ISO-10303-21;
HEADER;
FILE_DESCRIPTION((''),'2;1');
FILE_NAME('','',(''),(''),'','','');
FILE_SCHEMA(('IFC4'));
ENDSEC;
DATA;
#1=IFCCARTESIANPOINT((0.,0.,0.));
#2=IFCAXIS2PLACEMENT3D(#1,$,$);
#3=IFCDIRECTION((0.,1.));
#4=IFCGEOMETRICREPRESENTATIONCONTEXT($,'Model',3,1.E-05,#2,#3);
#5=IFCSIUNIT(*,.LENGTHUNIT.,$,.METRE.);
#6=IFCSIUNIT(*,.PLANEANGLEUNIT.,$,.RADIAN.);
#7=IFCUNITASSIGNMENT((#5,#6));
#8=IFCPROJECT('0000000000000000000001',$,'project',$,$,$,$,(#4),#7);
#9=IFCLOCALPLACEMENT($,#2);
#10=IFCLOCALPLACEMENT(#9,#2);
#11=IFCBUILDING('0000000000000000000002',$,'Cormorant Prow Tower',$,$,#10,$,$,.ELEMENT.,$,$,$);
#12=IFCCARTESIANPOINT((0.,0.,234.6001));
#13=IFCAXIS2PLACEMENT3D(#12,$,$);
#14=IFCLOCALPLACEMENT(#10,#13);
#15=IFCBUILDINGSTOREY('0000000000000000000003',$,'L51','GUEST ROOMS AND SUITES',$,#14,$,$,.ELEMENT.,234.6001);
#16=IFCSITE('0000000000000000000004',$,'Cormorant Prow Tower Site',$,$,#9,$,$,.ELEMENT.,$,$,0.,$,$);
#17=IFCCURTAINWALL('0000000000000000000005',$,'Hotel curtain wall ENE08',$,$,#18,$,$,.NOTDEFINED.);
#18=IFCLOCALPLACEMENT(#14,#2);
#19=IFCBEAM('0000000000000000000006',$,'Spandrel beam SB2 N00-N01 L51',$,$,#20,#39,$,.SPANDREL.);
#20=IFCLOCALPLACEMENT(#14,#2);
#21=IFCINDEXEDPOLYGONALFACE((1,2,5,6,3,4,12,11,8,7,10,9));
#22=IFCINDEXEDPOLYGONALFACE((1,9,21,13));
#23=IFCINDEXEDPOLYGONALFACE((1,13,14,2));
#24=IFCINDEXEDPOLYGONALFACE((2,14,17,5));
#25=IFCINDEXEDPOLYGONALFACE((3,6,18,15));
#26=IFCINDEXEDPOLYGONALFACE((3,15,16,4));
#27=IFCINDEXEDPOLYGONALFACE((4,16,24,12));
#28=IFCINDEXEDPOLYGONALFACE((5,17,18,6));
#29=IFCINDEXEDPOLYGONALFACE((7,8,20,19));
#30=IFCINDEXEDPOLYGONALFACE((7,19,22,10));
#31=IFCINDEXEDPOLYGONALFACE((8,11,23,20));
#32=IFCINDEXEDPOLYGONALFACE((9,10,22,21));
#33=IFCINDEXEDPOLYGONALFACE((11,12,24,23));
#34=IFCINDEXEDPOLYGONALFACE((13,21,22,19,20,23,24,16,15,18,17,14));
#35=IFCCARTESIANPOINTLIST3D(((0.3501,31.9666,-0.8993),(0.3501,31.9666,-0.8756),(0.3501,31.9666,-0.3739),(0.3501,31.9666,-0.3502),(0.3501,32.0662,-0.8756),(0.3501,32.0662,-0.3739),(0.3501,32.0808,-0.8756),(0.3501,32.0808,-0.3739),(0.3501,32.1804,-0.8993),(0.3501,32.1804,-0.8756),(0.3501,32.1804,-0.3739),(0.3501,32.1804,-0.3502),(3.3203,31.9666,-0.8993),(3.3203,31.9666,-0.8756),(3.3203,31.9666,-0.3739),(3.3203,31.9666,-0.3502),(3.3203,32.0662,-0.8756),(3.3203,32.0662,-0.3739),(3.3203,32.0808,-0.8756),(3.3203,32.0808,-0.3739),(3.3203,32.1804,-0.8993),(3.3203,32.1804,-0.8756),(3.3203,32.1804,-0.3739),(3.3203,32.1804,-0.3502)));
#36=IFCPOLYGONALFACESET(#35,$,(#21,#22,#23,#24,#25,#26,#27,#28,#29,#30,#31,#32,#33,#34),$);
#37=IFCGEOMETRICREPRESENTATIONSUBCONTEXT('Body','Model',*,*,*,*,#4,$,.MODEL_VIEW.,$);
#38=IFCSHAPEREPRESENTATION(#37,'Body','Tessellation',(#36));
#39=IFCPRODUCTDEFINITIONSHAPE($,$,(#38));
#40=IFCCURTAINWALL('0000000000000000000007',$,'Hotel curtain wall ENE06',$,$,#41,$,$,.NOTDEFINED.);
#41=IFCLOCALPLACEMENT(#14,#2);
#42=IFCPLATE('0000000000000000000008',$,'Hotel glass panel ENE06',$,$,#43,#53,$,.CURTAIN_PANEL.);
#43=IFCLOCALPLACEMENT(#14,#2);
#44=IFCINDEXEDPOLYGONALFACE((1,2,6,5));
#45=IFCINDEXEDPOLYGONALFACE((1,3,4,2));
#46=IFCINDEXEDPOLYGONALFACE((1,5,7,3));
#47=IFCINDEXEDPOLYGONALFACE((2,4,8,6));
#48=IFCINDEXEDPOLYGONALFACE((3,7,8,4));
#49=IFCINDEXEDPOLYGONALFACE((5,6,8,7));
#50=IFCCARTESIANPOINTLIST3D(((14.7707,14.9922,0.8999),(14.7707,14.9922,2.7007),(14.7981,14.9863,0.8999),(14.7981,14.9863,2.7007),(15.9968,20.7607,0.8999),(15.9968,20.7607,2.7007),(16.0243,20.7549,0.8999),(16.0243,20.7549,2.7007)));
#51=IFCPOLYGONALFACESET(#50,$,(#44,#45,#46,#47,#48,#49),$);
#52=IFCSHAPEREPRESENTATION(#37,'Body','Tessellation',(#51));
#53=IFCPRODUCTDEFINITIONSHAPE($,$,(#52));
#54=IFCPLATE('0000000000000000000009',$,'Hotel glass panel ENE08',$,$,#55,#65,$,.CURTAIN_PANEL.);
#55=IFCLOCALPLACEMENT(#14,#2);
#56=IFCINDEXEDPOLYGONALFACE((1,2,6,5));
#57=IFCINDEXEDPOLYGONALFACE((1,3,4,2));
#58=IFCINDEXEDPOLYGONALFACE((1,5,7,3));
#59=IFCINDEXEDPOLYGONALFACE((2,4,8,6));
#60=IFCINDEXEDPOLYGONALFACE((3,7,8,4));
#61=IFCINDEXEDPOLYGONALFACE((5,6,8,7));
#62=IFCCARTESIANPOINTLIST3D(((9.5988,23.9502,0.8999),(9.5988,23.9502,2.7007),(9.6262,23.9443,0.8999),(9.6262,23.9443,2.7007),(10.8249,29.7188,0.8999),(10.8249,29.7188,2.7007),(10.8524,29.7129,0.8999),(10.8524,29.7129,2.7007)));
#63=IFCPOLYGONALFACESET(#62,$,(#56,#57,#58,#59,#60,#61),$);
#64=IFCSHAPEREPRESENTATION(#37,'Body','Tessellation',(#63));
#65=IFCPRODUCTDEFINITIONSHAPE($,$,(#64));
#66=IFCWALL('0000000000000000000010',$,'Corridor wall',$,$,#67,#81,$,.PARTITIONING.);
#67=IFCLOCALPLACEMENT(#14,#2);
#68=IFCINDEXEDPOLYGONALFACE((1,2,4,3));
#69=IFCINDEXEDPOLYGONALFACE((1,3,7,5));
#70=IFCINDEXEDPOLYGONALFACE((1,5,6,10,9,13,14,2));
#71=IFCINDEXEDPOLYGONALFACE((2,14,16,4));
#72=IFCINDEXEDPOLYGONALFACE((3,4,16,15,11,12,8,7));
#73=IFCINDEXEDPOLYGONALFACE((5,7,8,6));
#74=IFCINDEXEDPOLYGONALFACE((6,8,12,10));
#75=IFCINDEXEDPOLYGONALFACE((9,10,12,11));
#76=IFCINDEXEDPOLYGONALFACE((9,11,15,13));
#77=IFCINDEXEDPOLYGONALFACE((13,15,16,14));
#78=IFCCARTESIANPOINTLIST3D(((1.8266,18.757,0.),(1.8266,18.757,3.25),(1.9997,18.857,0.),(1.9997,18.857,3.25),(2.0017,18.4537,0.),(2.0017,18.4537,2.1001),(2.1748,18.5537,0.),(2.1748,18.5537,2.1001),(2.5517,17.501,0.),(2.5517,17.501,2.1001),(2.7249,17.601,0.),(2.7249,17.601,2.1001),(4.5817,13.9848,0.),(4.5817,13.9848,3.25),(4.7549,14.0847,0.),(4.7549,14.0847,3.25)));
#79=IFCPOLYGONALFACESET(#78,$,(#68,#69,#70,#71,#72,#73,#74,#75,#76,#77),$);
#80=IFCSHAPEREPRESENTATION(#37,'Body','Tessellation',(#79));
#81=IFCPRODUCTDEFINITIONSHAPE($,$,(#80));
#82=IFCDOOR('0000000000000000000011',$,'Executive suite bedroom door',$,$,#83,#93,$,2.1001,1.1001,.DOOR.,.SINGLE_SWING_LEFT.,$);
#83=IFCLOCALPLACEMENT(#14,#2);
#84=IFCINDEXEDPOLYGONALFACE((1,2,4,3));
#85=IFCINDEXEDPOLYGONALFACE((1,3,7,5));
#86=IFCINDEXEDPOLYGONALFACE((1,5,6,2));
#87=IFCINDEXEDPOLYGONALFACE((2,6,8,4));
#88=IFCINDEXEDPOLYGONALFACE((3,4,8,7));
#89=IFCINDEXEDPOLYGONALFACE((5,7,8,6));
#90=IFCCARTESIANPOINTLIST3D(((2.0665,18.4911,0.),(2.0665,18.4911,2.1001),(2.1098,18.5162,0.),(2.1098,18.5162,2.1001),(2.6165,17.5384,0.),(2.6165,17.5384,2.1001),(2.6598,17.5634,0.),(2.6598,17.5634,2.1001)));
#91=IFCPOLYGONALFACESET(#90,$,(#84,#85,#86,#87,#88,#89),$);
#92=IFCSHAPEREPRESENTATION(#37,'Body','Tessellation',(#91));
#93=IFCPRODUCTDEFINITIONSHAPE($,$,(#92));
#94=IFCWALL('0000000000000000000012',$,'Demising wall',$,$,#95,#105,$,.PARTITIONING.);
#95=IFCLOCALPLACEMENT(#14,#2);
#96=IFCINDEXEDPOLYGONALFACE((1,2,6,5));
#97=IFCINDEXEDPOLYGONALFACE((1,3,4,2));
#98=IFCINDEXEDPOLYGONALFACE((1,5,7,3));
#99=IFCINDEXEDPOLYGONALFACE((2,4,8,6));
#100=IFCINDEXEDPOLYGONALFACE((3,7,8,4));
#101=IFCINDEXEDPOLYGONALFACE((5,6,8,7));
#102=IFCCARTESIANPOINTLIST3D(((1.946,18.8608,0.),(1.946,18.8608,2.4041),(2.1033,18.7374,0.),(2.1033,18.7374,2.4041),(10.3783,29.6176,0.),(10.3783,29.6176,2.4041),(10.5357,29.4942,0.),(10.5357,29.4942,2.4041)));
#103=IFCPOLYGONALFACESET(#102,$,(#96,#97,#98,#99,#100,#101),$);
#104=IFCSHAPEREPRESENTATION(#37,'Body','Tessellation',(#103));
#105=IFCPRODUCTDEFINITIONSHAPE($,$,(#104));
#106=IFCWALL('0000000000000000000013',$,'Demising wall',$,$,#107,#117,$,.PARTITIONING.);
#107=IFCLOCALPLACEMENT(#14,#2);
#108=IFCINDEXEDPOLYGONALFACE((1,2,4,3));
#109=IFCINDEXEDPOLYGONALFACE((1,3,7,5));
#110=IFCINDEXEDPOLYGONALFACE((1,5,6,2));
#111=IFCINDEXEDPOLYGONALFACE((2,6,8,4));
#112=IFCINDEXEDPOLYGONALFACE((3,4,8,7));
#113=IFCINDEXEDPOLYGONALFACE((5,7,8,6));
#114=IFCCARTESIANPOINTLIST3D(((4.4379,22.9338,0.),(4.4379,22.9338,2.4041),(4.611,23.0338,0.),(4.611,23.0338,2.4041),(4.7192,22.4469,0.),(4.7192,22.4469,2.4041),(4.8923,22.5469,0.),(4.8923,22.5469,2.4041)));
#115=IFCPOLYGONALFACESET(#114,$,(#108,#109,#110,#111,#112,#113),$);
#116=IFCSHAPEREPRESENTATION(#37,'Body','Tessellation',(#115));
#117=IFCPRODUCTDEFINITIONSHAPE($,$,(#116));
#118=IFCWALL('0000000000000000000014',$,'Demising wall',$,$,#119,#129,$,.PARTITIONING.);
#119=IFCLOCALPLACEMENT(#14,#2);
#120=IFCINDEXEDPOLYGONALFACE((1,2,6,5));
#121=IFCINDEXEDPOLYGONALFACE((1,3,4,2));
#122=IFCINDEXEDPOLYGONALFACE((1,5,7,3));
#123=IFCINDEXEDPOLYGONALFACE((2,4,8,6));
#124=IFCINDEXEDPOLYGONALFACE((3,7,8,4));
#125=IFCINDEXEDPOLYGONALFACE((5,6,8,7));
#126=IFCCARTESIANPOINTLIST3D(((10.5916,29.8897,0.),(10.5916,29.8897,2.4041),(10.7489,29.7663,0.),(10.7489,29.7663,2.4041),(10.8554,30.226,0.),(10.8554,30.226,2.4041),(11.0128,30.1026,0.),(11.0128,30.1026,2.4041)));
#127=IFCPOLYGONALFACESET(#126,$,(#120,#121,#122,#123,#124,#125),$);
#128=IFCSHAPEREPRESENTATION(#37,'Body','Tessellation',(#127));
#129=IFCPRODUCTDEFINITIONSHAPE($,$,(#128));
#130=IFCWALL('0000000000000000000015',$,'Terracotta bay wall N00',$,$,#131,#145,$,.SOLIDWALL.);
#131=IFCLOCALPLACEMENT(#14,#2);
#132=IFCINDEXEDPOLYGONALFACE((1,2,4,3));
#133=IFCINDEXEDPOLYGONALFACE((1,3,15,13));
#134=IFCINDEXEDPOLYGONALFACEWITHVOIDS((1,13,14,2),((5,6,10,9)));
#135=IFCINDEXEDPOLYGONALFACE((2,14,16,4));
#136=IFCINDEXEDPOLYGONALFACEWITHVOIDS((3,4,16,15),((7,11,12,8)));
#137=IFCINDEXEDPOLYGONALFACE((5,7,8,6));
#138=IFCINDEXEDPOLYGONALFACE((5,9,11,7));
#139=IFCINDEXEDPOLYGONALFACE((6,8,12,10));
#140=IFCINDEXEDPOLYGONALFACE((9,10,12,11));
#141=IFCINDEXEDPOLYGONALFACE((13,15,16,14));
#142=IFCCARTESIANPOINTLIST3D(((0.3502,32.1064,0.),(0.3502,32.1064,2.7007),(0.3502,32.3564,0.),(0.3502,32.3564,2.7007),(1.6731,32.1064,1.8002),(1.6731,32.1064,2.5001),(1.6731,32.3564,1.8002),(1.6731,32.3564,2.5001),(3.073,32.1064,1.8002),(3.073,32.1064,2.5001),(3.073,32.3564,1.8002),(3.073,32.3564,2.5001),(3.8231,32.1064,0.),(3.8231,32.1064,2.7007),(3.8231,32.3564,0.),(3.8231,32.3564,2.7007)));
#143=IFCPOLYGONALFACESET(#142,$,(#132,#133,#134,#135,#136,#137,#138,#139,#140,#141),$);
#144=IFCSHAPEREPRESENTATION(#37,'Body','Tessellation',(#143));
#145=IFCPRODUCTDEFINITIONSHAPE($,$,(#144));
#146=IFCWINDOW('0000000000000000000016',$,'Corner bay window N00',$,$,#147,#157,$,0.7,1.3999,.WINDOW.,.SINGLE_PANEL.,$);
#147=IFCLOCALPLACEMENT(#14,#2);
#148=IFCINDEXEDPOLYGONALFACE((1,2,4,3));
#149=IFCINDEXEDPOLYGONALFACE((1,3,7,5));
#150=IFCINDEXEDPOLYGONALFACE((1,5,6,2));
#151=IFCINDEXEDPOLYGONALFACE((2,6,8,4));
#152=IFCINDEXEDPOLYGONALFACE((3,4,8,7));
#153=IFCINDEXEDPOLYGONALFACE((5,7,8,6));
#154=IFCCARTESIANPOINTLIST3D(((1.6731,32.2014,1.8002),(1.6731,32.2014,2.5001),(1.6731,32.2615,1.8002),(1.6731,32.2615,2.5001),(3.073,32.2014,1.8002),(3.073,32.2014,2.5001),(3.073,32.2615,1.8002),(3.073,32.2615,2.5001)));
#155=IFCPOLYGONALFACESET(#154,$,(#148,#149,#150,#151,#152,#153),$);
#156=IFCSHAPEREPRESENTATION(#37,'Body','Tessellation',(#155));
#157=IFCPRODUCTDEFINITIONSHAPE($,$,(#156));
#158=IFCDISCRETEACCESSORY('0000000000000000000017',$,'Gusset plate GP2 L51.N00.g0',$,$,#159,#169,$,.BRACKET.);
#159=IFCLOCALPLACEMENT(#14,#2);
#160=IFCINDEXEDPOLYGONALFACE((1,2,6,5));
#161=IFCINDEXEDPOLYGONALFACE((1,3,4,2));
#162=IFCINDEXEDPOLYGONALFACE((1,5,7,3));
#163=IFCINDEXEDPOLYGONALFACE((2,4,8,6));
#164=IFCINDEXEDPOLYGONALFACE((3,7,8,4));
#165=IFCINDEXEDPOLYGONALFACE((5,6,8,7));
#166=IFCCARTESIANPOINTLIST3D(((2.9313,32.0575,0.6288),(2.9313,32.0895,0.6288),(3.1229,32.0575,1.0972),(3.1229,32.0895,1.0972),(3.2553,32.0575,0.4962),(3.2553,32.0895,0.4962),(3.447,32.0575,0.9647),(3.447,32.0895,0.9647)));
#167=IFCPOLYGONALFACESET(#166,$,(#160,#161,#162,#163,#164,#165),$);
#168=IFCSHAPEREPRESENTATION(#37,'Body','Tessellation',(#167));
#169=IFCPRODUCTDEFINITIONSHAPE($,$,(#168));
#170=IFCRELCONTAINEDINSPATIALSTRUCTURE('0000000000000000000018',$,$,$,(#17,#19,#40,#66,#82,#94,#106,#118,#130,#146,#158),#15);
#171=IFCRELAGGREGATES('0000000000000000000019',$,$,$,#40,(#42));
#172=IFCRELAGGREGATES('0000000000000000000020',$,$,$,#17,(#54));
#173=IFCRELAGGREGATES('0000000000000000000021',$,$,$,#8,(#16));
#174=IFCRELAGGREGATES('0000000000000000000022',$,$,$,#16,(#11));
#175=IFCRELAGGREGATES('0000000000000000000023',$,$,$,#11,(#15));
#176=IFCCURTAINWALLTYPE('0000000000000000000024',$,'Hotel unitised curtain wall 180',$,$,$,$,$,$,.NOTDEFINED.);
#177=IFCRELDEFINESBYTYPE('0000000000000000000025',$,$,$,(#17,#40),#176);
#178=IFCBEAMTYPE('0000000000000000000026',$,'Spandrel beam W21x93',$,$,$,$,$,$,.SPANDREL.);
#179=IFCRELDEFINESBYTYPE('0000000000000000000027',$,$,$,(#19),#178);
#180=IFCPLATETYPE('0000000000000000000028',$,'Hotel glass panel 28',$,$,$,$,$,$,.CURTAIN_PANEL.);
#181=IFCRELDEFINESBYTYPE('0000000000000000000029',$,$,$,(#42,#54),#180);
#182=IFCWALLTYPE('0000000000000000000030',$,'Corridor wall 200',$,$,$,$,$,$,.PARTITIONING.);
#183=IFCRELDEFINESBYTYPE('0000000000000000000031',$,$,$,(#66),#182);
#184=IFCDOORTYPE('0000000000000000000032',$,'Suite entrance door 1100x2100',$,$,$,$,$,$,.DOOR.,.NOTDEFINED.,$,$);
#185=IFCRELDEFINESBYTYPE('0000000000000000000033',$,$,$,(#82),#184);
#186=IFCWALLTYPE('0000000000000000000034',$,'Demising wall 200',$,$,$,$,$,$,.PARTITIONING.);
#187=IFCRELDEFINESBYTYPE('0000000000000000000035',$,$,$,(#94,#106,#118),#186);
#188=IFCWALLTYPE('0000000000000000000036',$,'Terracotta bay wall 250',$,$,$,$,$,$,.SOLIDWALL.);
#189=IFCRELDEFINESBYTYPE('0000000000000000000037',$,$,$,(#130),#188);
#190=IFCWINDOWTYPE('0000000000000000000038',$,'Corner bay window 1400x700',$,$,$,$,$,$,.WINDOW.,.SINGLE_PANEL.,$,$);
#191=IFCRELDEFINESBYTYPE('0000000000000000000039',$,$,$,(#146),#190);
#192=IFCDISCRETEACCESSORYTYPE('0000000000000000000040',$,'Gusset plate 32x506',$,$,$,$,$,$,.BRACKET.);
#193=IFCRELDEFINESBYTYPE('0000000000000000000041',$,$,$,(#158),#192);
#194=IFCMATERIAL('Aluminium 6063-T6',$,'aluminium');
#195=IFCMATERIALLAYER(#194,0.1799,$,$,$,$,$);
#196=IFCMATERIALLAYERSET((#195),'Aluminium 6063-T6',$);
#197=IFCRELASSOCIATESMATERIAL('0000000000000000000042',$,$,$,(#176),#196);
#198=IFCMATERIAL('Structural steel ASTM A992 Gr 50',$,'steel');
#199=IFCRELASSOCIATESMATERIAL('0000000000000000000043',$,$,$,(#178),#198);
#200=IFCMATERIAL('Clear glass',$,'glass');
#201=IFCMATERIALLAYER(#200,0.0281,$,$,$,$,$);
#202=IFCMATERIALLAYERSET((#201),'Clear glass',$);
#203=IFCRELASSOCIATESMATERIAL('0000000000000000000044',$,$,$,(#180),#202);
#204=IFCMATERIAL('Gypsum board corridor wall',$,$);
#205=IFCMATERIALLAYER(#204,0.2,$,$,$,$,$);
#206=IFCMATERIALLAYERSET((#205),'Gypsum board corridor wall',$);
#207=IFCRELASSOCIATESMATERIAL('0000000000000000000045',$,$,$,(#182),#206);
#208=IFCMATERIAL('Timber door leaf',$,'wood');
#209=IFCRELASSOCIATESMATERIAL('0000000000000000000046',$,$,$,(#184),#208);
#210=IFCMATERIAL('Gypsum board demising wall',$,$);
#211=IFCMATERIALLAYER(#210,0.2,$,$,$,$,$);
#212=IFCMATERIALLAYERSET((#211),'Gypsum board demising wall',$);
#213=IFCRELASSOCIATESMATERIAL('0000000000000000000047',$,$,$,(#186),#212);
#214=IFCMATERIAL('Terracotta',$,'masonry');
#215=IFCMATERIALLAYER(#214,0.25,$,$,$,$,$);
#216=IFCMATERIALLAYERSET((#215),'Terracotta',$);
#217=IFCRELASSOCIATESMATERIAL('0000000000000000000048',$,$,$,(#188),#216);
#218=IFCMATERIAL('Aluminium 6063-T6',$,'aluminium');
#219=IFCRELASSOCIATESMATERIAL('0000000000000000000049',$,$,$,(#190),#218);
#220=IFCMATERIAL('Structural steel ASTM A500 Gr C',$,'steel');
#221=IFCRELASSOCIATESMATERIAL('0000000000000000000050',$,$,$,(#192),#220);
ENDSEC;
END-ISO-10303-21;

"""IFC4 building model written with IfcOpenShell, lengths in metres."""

from ifc_helpers import new_model, si_unit, direction, frame, frame_2d, origin, origin_2d, place, context, subcontext, project, spatial, rectangle, i_section, extrude, material, layer, layer_set, material_profile, profile_set, type_object, element, fill, aggregate, save


model = new_model("IFC4")

# Units and contexts
model_context = context("Model", 3, precision=1e-05, world=origin(), true_north=direction((0.0, 1.0)))
body_context = subcontext(model_context, "Body", "Model", "MODEL_VIEW")
ifc_project = project(units=[si_unit("LENGTHUNIT", "METRE"), si_unit("PLANEANGLEUNIT", "RADIAN")], contexts=[model_context])

# Site, building, storey
site_placement = place(None, origin())
site = spatial("IfcSite", under=ifc_project, at=site_placement, Name="Cormorant Prow Tower Site", CompositionType="ELEMENT", RefElevation=0.0)
building_placement = place(site_placement, origin())
building = spatial("IfcBuilding", under=site, at=building_placement, Name="Cormorant Prow Tower", CompositionType="ELEMENT")
storey_placement = place(building_placement, frame((0.0, 0.0, 234.6001)))
storey = spatial("IfcBuildingStorey", under=building, at=storey_placement, Name="L51", Description="GUEST ROOMS AND SUITES", CompositionType="ELEMENT", Elevation=234.6001)

# Curtain wall
ifc_material_1 = material(Name="Aluminium 6063-T6", Category="aluminium")
ifc_layer_1 = layer(ifc_material_1, 0.1799)
ifc_layer_set_1 = layer_set([ifc_layer_1], Name="Aluminium 6063-T6")
curtain_wall_type = type_object("IfcCurtainWallType", Name="Hotel unitised curtain wall 180", PredefinedType="NOTDEFINED", material=ifc_layer_set_1)
curtain_wall_1_placement = place(storey_placement, origin())
curtain_wall_1 = element("IfcCurtainWall", 1, at=curtain_wall_1_placement, inside=storey, type_object=curtain_wall_type, Name="Hotel curtain wall ENE08", PredefinedType="NOTDEFINED")

# Beam
ifc_material_2 = material(Name="Structural steel ASTM A992 Gr 50", Category="steel")
ifc_material_profile_1 = material_profile(ifc_material_2, i_section(OverallWidth=0.2139, OverallDepth=0.5491, WebThickness=0.0146, FlangeThickness=0.0237, at=origin_2d()), Name="W21x93")
ifc_profile_set_1 = profile_set([ifc_material_profile_1], Name="Structural steel ASTM A992 Gr 50")
beam_type = type_object("IfcBeamType", Name="Spandrel beam W21x93", PredefinedType="SPANDREL", material=ifc_profile_set_1)
beam_1_placement = place(storey_placement, frame((3.3203, 32.0735, -0.6248), z_axis=(-1.0, 0.0, 0.0), x_axis=(0.0, -1.0, 0.0)))
element("IfcBeam", 2, at=beam_1_placement, inside=storey, type_object=beam_type, Name="Spandrel beam SB2 N00-N01 L51", PredefinedType="SPANDREL", context=body_context, shape_type="SweptSolid", body=[
    extrude(i_section(OverallWidth=0.2139, OverallDepth=0.5491, WebThickness=0.0146, FlangeThickness=0.0237, at=origin_2d()), origin(), (0.0, 0.0, 1.0), 2.9702),
])

# Curtain wall, plate
curtain_wall_2_placement = place(storey_placement, origin())
curtain_wall_2 = element("IfcCurtainWall", 3, at=curtain_wall_2_placement, inside=storey, type_object=curtain_wall_type, Name="Hotel curtain wall ENE06", PredefinedType="NOTDEFINED")
ifc_material_3 = material(Name="Clear glass", Category="glass")
ifc_layer_2 = layer(ifc_material_3, 0.0281)
ifc_layer_set_2 = layer_set([ifc_layer_2], Name="Clear glass")
plate_type = type_object("IfcPlateType", Name="Hotel glass panel 28", PredefinedType="CURTAIN_PANEL", material=ifc_layer_set_2)
plate_1_placement = place(storey_placement, frame((15.3975, 17.8735, 0.8999), z_axis=(0.0, 0.0, 1.0), x_axis=(0.207912, 0.978148, 0.0)))
plate_1 = element("IfcPlate", 4, at=plate_1_placement, type_object=plate_type, Name="Hotel glass panel ENE06", PredefinedType="CURTAIN_PANEL", context=body_context, shape_type="SweptSolid", body=[
    extrude(rectangle(XDim=5.8975, YDim=0.0281, at=origin_2d()), origin(), (0.0, 0.0, 1.0), 1.8008),
])
aggregate(curtain_wall_2, [plate_1])

# Plate
plate_2_placement = place(storey_placement, frame((10.2256, 26.8315, 0.8999), z_axis=(0.0, 0.0, 1.0), x_axis=(0.207912, 0.978148, 0.0)))
plate_2 = element("IfcPlate", 5, at=plate_2_placement, type_object=plate_type, Name="Hotel glass panel ENE08", PredefinedType="CURTAIN_PANEL", context=body_context, shape_type="SweptSolid", body=[
    extrude(rectangle(XDim=5.8975, YDim=0.0281, at=origin_2d()), origin(), (0.0, 0.0, 1.0), 1.8008),
])
aggregate(curtain_wall_1, [plate_2])

# Wall, opening, door
ifc_material_4 = material(Name="Gypsum board corridor wall")
ifc_layer_3 = layer(ifc_material_4, 0.2)
ifc_layer_set_3 = layer_set([ifc_layer_3], Name="Gypsum board corridor wall")
wall_type_1 = type_object("IfcWallType", Name="Corridor wall 200", PredefinedType="PARTITIONING", material=ifc_layer_set_3)
wall_1_placement = place(storey_placement, frame((1.9131, 18.8071, 0.0), z_axis=(0.0, 0.0, 1.0), x_axis=(0.499985, -0.866034, 0.0)))
wall_1 = element("IfcWall", 6, at=wall_1_placement, inside=storey, type_object=wall_type_1, Name="Corridor wall", PredefinedType="PARTITIONING", context=body_context, shape_type="SweptSolid", body=[
    extrude(rectangle(XDim=5.5105, YDim=0.2, at=frame_2d((2.7554, 0.0))), origin(), (0.0, 0.0, 1.0), 3.25),
])
opening_1_placement = place(wall_1_placement, frame((0.3503, 0.0, 0.0)))
opening_1 = element("IfcOpeningElement", 7, at=opening_1_placement, cuts=wall_1, PredefinedType="OPENING", context=body_context, shape_type="SweptSolid", body=[
    extrude(rectangle(XDim=1.1001, YDim=2.1001, at=frame_2d((0.55, 1.05))), frame((0.0, 0.1099, 0.0), z_axis=(0.0, -1.0, 0.0), x_axis=(1.0, 0.0, 0.0)), (0.0, 0.0, 1.0), 0.22),
])
ifc_material_5 = material(Name="Timber door leaf", Category="wood")
door_type_1 = type_object("IfcDoorType", Name="Suite entrance door 1100x2100", OperationType="NOTDEFINED", PredefinedType="DOOR", material=ifc_material_5)
door_1_placement = place(opening_1_placement, origin())
door_1 = element("IfcDoor", 8, at=door_1_placement, inside=storey, type_object=door_type_1, Name="Executive suite bedroom door", OperationType="SINGLE_SWING_LEFT", OverallHeight=2.1001, OverallWidth=1.1001, PredefinedType="DOOR", context=body_context, shape_type="SweptSolid", body=[
    extrude(rectangle(XDim=1.1001, YDim=2.1001, at=frame_2d((0.55, 1.05))), frame((0.0, 0.0249, 0.0), z_axis=(0.0, -1.0, 0.0), x_axis=(1.0, 0.0, 0.0)), (0.0, 0.0, 1.0), 0.05),
])
fill(opening_1, door_1)

# Walls
ifc_material_6 = material(Name="Gypsum board demising wall")
ifc_layer_4 = layer(ifc_material_6, 0.2)
ifc_layer_set_4 = layer_set([ifc_layer_4], Name="Gypsum board demising wall")
wall_type_2 = type_object("IfcWallType", Name="Demising wall 200", PredefinedType="PARTITIONING", material=ifc_layer_set_4)
wall_2_placement = place(storey_placement, frame((2.0247, 18.7991, 0.0), z_axis=(0.0, 0.0, 1.0), x_axis=(0.616942, 0.787008, 0.0)))
element("IfcWall", 9, at=wall_2_placement, inside=storey, type_object=wall_type_2, Name="Demising wall", PredefinedType="PARTITIONING", context=body_context, shape_type="SweptSolid", body=[
    extrude(rectangle(XDim=13.668, YDim=0.2, at=frame_2d((6.834, 0.0))), origin(), (0.0, 0.0, 1.0), 2.4041),
])
wall_3_placement = place(storey_placement, frame((4.5244, 22.9839, 0.0), z_axis=(0.0, 0.0, 1.0), x_axis=(0.500249, -0.865882, 0.0)))
element("IfcWall", 10, at=wall_3_placement, inside=storey, type_object=wall_type_2, Name="Demising wall", PredefinedType="PARTITIONING", context=body_context, shape_type="SweptSolid", body=[
    extrude(rectangle(XDim=0.5623, YDim=0.2, at=frame_2d((0.2812, 0.0))), origin(), (0.0, 0.0, 1.0), 2.4041),
])
wall_4_placement = place(storey_placement, frame((10.6702, 29.8279, 0.0), z_axis=(0.0, 0.0, 1.0), x_axis=(0.617216, 0.786794, 0.0)))
element("IfcWall", 11, at=wall_4_placement, inside=storey, type_object=wall_type_2, Name="Demising wall", PredefinedType="PARTITIONING", context=body_context, shape_type="SweptSolid", body=[
    extrude(rectangle(XDim=0.4275, YDim=0.2, at=frame_2d((0.2139, 0.0))), origin(), (0.0, 0.0, 1.0), 2.4041),
])

# Wall, opening, window
ifc_material_7 = material(Name="Terracotta", Category="masonry")
ifc_layer_5 = layer(ifc_material_7, 0.25)
ifc_layer_set_5 = layer_set([ifc_layer_5], Name="Terracotta")
wall_type_3 = type_object("IfcWallType", Name="Terracotta bay wall 250", PredefinedType="SOLIDWALL", material=ifc_layer_set_5)
wall_5_placement = place(storey_placement, frame((3.823, 32.2314, 0.0), z_axis=(0.0, 0.0, 1.0), x_axis=(-1.0, 0.0, 0.0)))
wall_5 = element("IfcWall", 12, at=wall_5_placement, inside=storey, type_object=wall_type_3, Name="Terracotta bay wall N00", PredefinedType="SOLIDWALL", context=body_context, shape_type="SweptSolid", body=[
    extrude(rectangle(XDim=3.4729, YDim=0.25, at=frame_2d((1.7363, 0.0))), origin(), (0.0, 0.0, 1.0), 2.7007),
])
opening_2_placement = place(wall_5_placement, frame((0.75, 0.0, 1.8)))
opening_2 = element("IfcOpeningElement", 13, at=opening_2_placement, cuts=wall_5, PredefinedType="OPENING", context=body_context, shape_type="SweptSolid", body=[
    extrude(rectangle(XDim=1.3999, YDim=0.7, at=frame_2d((0.7, 0.3501))), frame((0.0, 0.135, 0.0), z_axis=(0.0, -1.0, 0.0), x_axis=(1.0, 0.0, 0.0)), (0.0, 0.0, 1.0), 0.27),
])
ifc_material_8 = material(Name="Aluminium 6063-T6", Category="aluminium")
window_type = type_object("IfcWindowType", Name="Corner bay window 1400x700", PartitioningType="SINGLE_PANEL", PredefinedType="WINDOW", material=ifc_material_8)
window_placement = place(opening_2_placement, origin())
window = element("IfcWindow", 14, at=window_placement, inside=storey, type_object=window_type, Name="Corner bay window N00", OverallHeight=0.7, OverallWidth=1.3999, PartitioningType="SINGLE_PANEL", PredefinedType="WINDOW", context=body_context, shape_type="SweptSolid", body=[
    extrude(rectangle(XDim=1.3999, YDim=0.7, at=frame_2d((0.7, 0.3501))), frame((0.0, 0.03, 0.0), z_axis=(0.0, -1.0, 0.0), x_axis=(1.0, 0.0, 0.0)), (0.0, 0.0, 1.0), 0.0601),
])
fill(opening_2, window)

# Discrete accessory
ifc_material_9 = material(Name="Structural steel ASTM A500 Gr C", Category="steel")
ifc_material_profile_2 = material_profile(ifc_material_9, rectangle(XDim=0.032, YDim=0.5061, at=origin_2d()), Name="Gusset plate 32x506")
ifc_profile_set_2 = profile_set([ifc_material_profile_2], Name="Structural steel ASTM A500 Gr C")
discrete_accessory_type = type_object("IfcDiscreteAccessoryType", Name="Gusset plate 32x506", PredefinedType="BRACKET", material=ifc_profile_set_2)
for number, where, z_axis, x_axis, name in (
    (15, (3.0271, 32.0735, 0.863), (0.925514, 0.0, -0.378714), (0.0, 1.0, 0.0), "Gusset plate GP2 L51.N00.g0"),
):
    element("IfcDiscreteAccessory", number, at=place(storey_placement, frame(where, z_axis=z_axis, x_axis=x_axis)), inside=storey, type_object=discrete_accessory_type, Name=name, PredefinedType="BRACKET", context=body_context, shape_type="SweptSolid", body=[
        extrude(rectangle(XDim=0.032, YDim=0.5061, at=origin_2d()), origin(), (0.0, 0.0, 1.0), 0.3501),
    ])

save(model, "model.ifc")
